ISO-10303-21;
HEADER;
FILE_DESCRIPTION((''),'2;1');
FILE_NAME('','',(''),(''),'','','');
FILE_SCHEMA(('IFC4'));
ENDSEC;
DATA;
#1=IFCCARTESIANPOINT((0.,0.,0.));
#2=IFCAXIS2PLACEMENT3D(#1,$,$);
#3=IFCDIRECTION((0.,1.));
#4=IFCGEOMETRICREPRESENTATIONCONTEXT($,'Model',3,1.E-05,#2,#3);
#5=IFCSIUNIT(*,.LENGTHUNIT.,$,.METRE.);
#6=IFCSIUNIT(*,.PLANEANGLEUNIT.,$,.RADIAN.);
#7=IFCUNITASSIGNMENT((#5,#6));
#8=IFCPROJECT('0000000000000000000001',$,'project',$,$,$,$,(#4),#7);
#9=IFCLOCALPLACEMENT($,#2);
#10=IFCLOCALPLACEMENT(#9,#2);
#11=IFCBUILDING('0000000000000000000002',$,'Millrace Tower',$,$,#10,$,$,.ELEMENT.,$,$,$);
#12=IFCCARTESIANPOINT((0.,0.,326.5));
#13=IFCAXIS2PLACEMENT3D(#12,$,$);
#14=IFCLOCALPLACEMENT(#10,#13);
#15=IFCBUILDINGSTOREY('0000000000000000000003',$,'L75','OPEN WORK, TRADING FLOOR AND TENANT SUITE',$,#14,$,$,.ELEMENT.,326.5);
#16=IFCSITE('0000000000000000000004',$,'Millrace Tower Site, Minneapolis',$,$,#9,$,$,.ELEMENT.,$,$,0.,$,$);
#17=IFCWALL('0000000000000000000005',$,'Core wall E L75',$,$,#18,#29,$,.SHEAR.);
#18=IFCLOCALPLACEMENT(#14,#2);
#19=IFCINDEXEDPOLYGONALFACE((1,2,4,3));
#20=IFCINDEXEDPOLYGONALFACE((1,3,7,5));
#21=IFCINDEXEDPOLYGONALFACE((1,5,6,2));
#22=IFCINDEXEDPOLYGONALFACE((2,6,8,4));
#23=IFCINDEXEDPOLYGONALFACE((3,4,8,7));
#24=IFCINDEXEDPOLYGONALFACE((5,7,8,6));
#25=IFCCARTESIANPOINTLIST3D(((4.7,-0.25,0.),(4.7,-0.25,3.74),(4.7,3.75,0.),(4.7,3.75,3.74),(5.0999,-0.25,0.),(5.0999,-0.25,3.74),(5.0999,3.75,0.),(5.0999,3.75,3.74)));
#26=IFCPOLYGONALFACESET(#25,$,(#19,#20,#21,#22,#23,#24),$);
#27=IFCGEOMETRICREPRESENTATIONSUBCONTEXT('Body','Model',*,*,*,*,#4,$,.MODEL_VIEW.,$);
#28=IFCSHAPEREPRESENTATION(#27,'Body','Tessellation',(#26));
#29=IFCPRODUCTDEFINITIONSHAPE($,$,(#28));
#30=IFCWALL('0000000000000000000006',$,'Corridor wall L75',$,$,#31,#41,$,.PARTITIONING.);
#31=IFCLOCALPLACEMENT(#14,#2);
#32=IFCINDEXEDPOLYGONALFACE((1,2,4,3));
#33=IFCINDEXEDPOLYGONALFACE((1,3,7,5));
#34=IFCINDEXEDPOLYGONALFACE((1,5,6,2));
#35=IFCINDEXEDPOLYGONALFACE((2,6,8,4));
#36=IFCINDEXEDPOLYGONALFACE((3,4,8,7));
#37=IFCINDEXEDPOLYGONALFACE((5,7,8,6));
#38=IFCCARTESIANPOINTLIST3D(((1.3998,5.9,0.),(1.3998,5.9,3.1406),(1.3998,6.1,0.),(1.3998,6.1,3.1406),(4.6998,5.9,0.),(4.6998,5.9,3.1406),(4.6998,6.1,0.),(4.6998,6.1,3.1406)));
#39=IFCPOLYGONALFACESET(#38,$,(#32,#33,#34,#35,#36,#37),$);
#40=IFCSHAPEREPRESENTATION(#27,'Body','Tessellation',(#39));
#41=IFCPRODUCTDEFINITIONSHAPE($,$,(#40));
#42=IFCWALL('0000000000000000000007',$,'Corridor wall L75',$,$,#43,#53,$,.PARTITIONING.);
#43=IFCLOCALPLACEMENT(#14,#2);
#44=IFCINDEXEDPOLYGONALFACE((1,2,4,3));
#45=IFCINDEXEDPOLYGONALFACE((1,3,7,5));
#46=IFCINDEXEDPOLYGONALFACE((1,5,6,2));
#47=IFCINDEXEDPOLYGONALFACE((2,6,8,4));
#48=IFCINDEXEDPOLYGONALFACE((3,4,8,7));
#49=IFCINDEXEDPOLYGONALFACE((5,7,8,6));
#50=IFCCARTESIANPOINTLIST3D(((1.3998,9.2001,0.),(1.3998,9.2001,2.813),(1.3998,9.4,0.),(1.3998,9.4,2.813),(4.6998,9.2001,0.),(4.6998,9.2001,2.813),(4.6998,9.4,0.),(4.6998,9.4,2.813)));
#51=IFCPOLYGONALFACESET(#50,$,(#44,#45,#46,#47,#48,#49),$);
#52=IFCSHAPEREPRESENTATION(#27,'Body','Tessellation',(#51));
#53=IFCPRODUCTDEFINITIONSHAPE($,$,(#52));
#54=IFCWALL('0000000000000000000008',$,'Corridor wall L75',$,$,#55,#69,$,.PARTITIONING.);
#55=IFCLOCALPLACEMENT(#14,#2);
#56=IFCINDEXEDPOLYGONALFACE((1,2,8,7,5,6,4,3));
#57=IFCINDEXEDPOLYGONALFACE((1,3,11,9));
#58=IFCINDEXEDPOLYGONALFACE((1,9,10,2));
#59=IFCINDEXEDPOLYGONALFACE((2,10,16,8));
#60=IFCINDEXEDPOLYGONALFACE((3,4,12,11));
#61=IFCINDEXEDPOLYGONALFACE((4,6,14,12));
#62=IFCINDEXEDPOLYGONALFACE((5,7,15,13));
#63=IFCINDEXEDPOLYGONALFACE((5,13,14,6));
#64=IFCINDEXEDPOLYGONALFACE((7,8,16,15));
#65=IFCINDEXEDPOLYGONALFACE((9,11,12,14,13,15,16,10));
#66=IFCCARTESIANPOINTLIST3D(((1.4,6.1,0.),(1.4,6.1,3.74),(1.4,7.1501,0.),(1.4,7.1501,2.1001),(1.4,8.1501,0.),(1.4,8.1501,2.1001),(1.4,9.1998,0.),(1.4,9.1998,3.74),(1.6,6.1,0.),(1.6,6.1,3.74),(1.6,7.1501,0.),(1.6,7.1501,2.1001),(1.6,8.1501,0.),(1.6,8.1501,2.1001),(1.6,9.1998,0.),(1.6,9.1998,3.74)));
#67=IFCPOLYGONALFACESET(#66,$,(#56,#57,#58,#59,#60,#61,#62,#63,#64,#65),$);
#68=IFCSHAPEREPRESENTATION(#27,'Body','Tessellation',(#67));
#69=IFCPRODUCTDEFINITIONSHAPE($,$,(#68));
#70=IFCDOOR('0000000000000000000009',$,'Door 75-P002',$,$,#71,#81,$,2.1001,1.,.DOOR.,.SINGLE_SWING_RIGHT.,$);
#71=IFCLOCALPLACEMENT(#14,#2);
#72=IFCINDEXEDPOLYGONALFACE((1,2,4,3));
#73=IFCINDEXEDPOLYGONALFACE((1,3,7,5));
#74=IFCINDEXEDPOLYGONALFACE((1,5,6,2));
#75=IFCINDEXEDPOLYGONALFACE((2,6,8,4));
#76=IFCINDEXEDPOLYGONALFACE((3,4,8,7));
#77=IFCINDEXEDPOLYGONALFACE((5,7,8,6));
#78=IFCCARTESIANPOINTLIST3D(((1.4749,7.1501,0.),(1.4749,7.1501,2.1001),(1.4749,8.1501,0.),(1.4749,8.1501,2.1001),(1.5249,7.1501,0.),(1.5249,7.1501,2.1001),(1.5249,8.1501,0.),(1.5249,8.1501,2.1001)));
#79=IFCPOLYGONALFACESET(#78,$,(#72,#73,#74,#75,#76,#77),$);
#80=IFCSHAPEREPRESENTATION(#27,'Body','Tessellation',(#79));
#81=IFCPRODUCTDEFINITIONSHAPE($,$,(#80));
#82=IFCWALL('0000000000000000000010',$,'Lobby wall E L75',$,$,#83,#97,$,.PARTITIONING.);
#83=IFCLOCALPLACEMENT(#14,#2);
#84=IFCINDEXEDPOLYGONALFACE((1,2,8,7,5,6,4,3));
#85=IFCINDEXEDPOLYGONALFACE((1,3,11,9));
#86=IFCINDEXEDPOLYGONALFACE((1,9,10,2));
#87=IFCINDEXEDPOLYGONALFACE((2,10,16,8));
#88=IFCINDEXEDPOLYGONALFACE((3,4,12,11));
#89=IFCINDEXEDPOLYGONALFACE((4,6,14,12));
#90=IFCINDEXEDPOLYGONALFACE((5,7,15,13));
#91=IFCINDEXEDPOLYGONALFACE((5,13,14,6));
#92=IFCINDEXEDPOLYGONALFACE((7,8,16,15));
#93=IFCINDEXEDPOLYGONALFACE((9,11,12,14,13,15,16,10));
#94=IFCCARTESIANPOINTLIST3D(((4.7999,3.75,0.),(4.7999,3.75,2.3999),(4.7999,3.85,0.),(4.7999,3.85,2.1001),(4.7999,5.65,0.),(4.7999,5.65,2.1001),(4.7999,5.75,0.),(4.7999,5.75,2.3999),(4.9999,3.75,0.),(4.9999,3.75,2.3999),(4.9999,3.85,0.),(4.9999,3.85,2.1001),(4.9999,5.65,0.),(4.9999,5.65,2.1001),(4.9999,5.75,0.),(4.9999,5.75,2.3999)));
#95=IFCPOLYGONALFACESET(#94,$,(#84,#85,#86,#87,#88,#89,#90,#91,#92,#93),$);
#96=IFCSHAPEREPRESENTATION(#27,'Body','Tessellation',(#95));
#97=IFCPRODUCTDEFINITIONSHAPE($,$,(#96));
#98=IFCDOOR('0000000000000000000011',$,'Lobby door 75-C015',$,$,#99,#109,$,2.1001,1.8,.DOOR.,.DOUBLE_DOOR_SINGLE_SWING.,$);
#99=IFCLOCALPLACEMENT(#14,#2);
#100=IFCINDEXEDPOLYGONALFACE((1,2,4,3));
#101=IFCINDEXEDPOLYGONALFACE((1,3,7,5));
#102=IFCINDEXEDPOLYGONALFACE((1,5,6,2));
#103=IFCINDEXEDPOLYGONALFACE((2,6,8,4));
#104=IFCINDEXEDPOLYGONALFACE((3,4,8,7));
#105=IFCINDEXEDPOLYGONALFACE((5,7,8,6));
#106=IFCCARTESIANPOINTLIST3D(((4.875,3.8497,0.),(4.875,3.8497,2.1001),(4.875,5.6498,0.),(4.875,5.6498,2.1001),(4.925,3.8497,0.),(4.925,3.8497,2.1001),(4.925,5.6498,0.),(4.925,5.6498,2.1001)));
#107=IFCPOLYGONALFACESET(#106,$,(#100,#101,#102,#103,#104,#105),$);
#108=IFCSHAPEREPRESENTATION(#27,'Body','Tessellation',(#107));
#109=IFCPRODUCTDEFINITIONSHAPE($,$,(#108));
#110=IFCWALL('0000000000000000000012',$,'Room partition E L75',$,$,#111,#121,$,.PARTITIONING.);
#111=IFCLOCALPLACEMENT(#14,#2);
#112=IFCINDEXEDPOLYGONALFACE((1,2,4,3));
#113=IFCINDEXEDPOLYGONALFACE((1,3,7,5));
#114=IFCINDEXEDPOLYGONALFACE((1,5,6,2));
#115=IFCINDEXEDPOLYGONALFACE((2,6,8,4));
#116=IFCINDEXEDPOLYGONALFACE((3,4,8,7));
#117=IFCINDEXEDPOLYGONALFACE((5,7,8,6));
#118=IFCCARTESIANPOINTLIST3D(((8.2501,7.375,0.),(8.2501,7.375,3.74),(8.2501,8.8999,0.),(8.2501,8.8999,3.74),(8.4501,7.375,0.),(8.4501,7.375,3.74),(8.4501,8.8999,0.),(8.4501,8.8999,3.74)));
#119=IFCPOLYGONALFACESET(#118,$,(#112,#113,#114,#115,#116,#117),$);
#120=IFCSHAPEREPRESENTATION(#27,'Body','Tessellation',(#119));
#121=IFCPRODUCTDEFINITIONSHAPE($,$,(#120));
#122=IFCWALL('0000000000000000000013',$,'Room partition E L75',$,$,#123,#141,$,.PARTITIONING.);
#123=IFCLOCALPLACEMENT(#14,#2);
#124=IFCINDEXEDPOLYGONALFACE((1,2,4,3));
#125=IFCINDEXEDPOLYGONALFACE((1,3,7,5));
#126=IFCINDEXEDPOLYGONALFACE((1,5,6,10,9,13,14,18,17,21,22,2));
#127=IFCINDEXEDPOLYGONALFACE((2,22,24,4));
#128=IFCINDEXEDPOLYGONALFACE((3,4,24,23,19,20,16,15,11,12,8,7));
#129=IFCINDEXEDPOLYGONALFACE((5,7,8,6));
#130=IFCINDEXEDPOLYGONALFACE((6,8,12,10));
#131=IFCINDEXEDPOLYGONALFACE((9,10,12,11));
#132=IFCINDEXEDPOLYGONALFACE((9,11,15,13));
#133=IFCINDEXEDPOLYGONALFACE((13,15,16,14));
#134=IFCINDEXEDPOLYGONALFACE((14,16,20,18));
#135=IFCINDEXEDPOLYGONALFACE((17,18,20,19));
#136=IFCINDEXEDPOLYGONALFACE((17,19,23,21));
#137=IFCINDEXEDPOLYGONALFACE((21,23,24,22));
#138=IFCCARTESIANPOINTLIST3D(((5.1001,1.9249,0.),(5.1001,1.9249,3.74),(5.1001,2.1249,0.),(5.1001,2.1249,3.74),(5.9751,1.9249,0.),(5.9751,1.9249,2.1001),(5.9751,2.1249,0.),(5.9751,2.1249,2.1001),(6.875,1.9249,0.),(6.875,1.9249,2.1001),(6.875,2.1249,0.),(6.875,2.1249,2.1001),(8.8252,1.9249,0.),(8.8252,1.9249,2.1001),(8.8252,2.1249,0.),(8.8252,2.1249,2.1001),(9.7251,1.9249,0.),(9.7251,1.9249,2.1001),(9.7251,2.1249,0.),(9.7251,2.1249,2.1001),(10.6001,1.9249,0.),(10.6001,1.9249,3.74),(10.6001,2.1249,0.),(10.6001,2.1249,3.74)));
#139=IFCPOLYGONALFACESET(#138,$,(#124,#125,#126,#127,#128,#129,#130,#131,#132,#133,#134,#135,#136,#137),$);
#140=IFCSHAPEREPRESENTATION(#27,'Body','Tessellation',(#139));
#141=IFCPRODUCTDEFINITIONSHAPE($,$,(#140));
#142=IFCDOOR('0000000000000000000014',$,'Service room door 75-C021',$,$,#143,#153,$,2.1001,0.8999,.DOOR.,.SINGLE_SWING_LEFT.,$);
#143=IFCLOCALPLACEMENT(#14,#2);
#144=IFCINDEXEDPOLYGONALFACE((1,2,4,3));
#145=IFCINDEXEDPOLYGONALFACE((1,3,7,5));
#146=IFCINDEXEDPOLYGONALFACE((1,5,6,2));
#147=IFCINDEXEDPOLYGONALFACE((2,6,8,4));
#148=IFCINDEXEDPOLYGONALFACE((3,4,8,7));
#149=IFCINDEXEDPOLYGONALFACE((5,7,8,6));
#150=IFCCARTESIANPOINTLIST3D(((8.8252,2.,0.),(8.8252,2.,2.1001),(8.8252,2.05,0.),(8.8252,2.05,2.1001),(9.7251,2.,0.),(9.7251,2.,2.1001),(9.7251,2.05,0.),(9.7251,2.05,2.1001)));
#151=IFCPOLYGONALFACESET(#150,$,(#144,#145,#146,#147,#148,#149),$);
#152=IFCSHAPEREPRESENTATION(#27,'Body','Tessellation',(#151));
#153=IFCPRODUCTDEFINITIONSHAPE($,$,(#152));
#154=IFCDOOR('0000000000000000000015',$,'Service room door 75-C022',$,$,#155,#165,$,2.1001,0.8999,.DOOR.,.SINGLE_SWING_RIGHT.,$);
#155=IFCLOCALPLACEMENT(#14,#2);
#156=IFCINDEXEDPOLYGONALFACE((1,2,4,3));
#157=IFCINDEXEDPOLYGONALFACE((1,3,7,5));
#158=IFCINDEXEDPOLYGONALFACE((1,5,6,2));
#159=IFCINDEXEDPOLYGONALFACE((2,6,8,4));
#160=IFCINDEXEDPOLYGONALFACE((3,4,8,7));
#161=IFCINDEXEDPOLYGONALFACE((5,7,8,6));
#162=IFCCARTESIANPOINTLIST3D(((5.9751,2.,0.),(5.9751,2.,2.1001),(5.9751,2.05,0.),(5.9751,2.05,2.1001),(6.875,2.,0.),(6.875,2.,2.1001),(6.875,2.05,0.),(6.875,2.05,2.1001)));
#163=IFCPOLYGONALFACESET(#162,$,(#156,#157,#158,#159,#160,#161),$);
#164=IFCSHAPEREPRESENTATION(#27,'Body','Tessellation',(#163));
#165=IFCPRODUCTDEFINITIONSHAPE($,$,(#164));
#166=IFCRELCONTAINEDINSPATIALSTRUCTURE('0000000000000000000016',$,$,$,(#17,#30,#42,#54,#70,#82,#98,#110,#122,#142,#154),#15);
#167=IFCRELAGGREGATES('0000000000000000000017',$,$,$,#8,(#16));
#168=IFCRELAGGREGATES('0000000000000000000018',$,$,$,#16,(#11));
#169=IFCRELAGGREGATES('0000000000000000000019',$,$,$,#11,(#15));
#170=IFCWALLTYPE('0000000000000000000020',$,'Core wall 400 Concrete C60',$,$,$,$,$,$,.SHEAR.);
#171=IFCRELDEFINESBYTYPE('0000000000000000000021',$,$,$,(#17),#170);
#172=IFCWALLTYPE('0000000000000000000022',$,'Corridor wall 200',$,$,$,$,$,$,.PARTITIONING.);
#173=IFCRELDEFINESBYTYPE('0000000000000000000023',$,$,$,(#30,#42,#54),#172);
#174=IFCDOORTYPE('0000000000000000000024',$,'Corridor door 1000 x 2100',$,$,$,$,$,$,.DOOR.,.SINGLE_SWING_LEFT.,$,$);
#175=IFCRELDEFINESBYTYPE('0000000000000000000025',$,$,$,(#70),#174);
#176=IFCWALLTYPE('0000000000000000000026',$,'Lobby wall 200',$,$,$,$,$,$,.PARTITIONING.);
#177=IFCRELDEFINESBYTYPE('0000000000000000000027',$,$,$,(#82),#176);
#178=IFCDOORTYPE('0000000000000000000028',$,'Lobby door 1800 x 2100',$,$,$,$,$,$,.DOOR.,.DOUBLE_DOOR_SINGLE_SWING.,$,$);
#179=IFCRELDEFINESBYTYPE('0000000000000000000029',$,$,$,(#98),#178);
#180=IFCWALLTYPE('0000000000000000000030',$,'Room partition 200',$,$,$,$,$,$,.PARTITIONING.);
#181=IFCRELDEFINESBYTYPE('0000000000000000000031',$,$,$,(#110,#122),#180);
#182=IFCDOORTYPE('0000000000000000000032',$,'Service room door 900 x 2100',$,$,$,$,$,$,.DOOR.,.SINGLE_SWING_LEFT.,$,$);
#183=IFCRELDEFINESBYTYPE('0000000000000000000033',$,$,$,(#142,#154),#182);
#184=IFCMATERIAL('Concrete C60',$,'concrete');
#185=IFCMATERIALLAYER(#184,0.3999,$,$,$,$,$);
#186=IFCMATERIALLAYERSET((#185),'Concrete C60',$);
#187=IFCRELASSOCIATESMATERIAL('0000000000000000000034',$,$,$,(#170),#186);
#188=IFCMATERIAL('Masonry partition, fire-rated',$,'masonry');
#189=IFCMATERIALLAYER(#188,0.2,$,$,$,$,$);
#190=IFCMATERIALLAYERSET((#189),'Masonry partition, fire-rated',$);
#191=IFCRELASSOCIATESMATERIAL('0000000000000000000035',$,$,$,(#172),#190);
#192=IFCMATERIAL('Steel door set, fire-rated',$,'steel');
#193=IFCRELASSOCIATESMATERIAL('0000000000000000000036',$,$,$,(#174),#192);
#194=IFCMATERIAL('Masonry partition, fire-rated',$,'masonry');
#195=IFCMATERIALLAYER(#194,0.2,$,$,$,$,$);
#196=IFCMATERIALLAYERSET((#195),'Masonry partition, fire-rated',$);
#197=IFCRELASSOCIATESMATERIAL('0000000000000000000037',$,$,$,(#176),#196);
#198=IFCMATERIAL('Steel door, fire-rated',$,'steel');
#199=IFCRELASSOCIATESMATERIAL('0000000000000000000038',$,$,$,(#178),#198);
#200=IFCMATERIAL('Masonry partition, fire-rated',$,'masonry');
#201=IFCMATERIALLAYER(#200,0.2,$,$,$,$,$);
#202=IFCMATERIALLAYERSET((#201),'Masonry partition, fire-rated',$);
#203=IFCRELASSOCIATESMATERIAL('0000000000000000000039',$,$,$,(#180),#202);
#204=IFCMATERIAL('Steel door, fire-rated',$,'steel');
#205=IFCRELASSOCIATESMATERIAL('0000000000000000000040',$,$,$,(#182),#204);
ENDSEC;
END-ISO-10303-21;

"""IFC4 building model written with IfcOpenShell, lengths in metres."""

from ifc_helpers import new_model, si_unit, direction, frame, frame_2d, origin, place, context, subcontext, project, spatial, rectangle, extrude, material, layer, layer_set, type_object, element, fill, save


model = new_model("IFC4")

# Units and contexts
model_context = context("Model", 3, precision=1e-05, world=origin(), true_north=direction((0.0, 1.0)))
body_context = subcontext(model_context, "Body", "Model", "MODEL_VIEW")
ifc_project = project(units=[si_unit("LENGTHUNIT", "METRE"), si_unit("PLANEANGLEUNIT", "RADIAN")], contexts=[model_context])

# Site, building, storey
site_placement = place(None, origin())
site = spatial("IfcSite", under=ifc_project, at=site_placement, Name="Millrace Tower Site, Minneapolis", CompositionType="ELEMENT", RefElevation=0.0)
building_placement = place(site_placement, origin())
building = spatial("IfcBuilding", under=site, at=building_placement, Name="Millrace Tower", CompositionType="ELEMENT")
storey_placement = place(building_placement, frame((0.0, 0.0, 326.5)))
storey = spatial("IfcBuildingStorey", under=building, at=storey_placement, Name="L75", Description="OPEN WORK, TRADING FLOOR AND TENANT SUITE", CompositionType="ELEMENT", Elevation=326.5)

# Walls
ifc_material_1 = material(Name="Concrete C60", Category="concrete")
ifc_layer_1 = layer(ifc_material_1, 0.3999)
ifc_layer_set_1 = layer_set([ifc_layer_1], Name="Concrete C60")
wall_type_1 = type_object("IfcWallType", Name="Core wall 400 Concrete C60", PredefinedType="SHEAR", material=ifc_layer_set_1)
wall_1_placement = place(storey_placement, frame((4.8999, 3.75, 0.0), z_axis=(0.0, 0.0, 1.0), x_axis=(0.0, -1.0, 0.0)))
element("IfcWall", 1, at=wall_1_placement, inside=storey, type_object=wall_type_1, Name="Core wall E L75", PredefinedType="SHEAR", context=body_context, shape_type="SweptSolid", body=[
    extrude(rectangle(XDim=4.0, YDim=0.3999, at=frame_2d((2.0, 0.0))), origin(), (0.0, 0.0, 1.0), 3.74),
])
ifc_material_2 = material(Name="Masonry partition, fire-rated", Category="masonry")
ifc_layer_2 = layer(ifc_material_2, 0.2)
ifc_layer_set_2 = layer_set([ifc_layer_2], Name="Masonry partition, fire-rated")
wall_type_2 = type_object("IfcWallType", Name="Corridor wall 200", PredefinedType="PARTITIONING", material=ifc_layer_set_2)
wall_2_placement = place(storey_placement, frame((1.3999, 6.0, 0.0), z_axis=(0.0, 0.0, 1.0), x_axis=(1.0, 0.0, 0.0)))
element("IfcWall", 2, at=wall_2_placement, inside=storey, type_object=wall_type_2, Name="Corridor wall L75", PredefinedType="PARTITIONING", context=body_context, shape_type="SweptSolid", body=[
    extrude(rectangle(XDim=3.3, YDim=0.2, at=frame_2d((1.6499, 0.0))), origin(), (0.0, 0.0, 1.0), 3.1406),
])
wall_3_placement = place(storey_placement, frame((1.3999, 9.3, 0.0), z_axis=(0.0, 0.0, 1.0), x_axis=(1.0, 0.0, 0.0)))
element("IfcWall", 3, at=wall_3_placement, inside=storey, type_object=wall_type_2, Name="Corridor wall L75", PredefinedType="PARTITIONING", context=body_context, shape_type="SweptSolid", body=[
    extrude(rectangle(XDim=3.3, YDim=0.2, at=frame_2d((1.6499, 0.0))), origin(), (0.0, 0.0, 1.0), 2.813),
])

# Walls, openings, doors
wall_4_placement = place(storey_placement, frame((1.5, 6.1001, 0.0), z_axis=(0.0, 0.0, 1.0), x_axis=(0.0, 1.0, 0.0)))
wall_4 = element("IfcWall", 4, at=wall_4_placement, inside=storey, type_object=wall_type_2, Name="Corridor wall L75", PredefinedType="PARTITIONING", context=body_context, shape_type="SweptSolid", body=[
    extrude(rectangle(XDim=3.0999, YDim=0.2, at=frame_2d((1.5498, 0.0))), origin(), (0.0, 0.0, 1.0), 3.74),
])
opening_1_placement = place(wall_4_placement, frame((1.05, 0.0, 0.0)))
opening_1 = element("IfcOpeningElement", 5, at=opening_1_placement, cuts=wall_4, PredefinedType="OPENING", context=body_context, shape_type="SweptSolid", body=[
    extrude(rectangle(XDim=1.0, YDim=2.1001, at=frame_2d((0.5, 1.05))), frame((0.0, 0.1099, 0.0), z_axis=(0.0, -1.0, 0.0), x_axis=(1.0, 0.0, 0.0)), (0.0, 0.0, 1.0), 0.22),
])
ifc_material_3 = material(Name="Steel door set, fire-rated", Category="steel")
door_type_1 = type_object("IfcDoorType", Name="Corridor door 1000 x 2100", OperationType="SINGLE_SWING_LEFT", PredefinedType="DOOR", material=ifc_material_3)
door_1_placement = place(opening_1_placement, frame((1.0, 0.0, 0.0), z_axis=(0.0, 0.0, 1.0), x_axis=(-1.0, 0.0, 0.0)))
door_1 = element("IfcDoor", 6, at=door_1_placement, inside=storey, type_object=door_type_1, Name="Door 75-P002", OperationType="SINGLE_SWING_RIGHT", OverallHeight=2.1001, OverallWidth=1.0, PredefinedType="DOOR", context=body_context, shape_type="SweptSolid", body=[
    extrude(rectangle(XDim=1.0, YDim=2.1001, at=frame_2d((0.5, 1.05))), frame((0.0, 0.0249, 0.0), z_axis=(0.0, -1.0, 0.0), x_axis=(1.0, 0.0, 0.0)), (0.0, 0.0, 1.0), 0.05),
])
fill(opening_1, door_1)
ifc_material_4 = material(Name="Masonry partition, fire-rated", Category="masonry")
ifc_layer_3 = layer(ifc_material_4, 0.2)
ifc_layer_set_3 = layer_set([ifc_layer_3], Name="Masonry partition, fire-rated")
wall_type_3 = type_object("IfcWallType", Name="Lobby wall 200", PredefinedType="PARTITIONING", material=ifc_layer_set_3)
wall_5_placement = place(storey_placement, frame((4.8999, 5.75, 0.0), z_axis=(0.0, 0.0, 1.0), x_axis=(0.0, -1.0, 0.0)))
wall_5 = element("IfcWall", 7, at=wall_5_placement, inside=storey, type_object=wall_type_3, Name="Lobby wall E L75", PredefinedType="PARTITIONING", context=body_context, shape_type="SweptSolid", body=[
    extrude(rectangle(XDim=2.0, YDim=0.2, at=frame_2d((1.0, 0.0))), origin(), (0.0, 0.0, 1.0), 2.3999),
])
opening_2_placement = place(wall_5_placement, frame((0.1001, 0.0, 0.0)))
opening_2 = element("IfcOpeningElement", 8, at=opening_2_placement, cuts=wall_5, PredefinedType="OPENING", context=body_context, shape_type="SweptSolid", body=[
    extrude(rectangle(XDim=1.8, YDim=2.1001, at=frame_2d((0.8999, 1.05))), frame((0.0, 0.1099, 0.0), z_axis=(0.0, -1.0, 0.0), x_axis=(1.0, 0.0, 0.0)), (0.0, 0.0, 1.0), 0.22),
])
ifc_material_5 = material(Name="Steel door, fire-rated", Category="steel")
door_type_2 = type_object("IfcDoorType", Name="Lobby door 1800 x 2100", OperationType="DOUBLE_DOOR_SINGLE_SWING", PredefinedType="DOOR", material=ifc_material_5)
door_2_placement = place(opening_2_placement, frame((1.8, 0.0, 0.0), z_axis=(0.0, 0.0, 1.0), x_axis=(-1.0, 0.0, 0.0)))
door_2 = element("IfcDoor", 9, at=door_2_placement, inside=storey, type_object=door_type_2, Name="Lobby door 75-C015", OperationType="DOUBLE_DOOR_SINGLE_SWING", OverallHeight=2.1001, OverallWidth=1.8, PredefinedType="DOOR", context=body_context, shape_type="SweptSolid", body=[
    extrude(rectangle(XDim=1.8, YDim=2.1001, at=frame_2d((0.8999, 1.05))), frame((0.0, 0.0249, 0.0), z_axis=(0.0, -1.0, 0.0), x_axis=(1.0, 0.0, 0.0)), (0.0, 0.0, 1.0), 0.05),
])
fill(opening_2, door_2)

# Wall
ifc_material_6 = material(Name="Masonry partition, fire-rated", Category="masonry")
ifc_layer_4 = layer(ifc_material_6, 0.2)
ifc_layer_set_4 = layer_set([ifc_layer_4], Name="Masonry partition, fire-rated")
wall_type_4 = type_object("IfcWallType", Name="Room partition 200", PredefinedType="PARTITIONING", material=ifc_layer_set_4)
wall_6_placement = place(storey_placement, frame((8.3501, 8.8999, 0.0), z_axis=(0.0, 0.0, 1.0), x_axis=(0.0, -1.0, 0.0)))
element("IfcWall", 10, at=wall_6_placement, inside=storey, type_object=wall_type_4, Name="Room partition E L75", PredefinedType="PARTITIONING", context=body_context, shape_type="SweptSolid", body=[
    extrude(rectangle(XDim=1.5249, YDim=0.2, at=frame_2d((0.7625, 0.0))), origin(), (0.0, 0.0, 1.0), 3.74),
])

# Wall, openings, doors
wall_7_placement = place(storey_placement, frame((10.6001, 2.0249, 0.0), z_axis=(0.0, 0.0, 1.0), x_axis=(-1.0, 0.0, 0.0)))
wall_7 = element("IfcWall", 11, at=wall_7_placement, inside=storey, type_object=wall_type_4, Name="Room partition E L75", PredefinedType="PARTITIONING", context=body_context, shape_type="SweptSolid", body=[
    extrude(rectangle(XDim=5.5, YDim=0.2, at=frame_2d((2.75, 0.0))), origin(), (0.0, 0.0, 1.0), 3.74),
])
opening_3_placement = place(wall_7_placement, frame((0.875, 0.0, 0.0)))
opening_3 = element("IfcOpeningElement", 12, at=opening_3_placement, cuts=wall_7, PredefinedType="OPENING", context=body_context, shape_type="SweptSolid", body=[
    extrude(rectangle(XDim=0.8999, YDim=2.1001, at=frame_2d((0.45, 1.05))), frame((0.0, 0.1099, 0.0), z_axis=(0.0, -1.0, 0.0), x_axis=(1.0, 0.0, 0.0)), (0.0, 0.0, 1.0), 0.22),
])
opening_4_placement = place(wall_7_placement, frame((3.7251, 0.0, 0.0)))
opening_4 = element("IfcOpeningElement", 13, at=opening_4_placement, cuts=wall_7, PredefinedType="OPENING", context=body_context, shape_type="SweptSolid", body=[
    extrude(rectangle(XDim=0.8999, YDim=2.1001, at=frame_2d((0.45, 1.05))), frame((0.0, 0.1099, 0.0), z_axis=(0.0, -1.0, 0.0), x_axis=(1.0, 0.0, 0.0)), (0.0, 0.0, 1.0), 0.22),
])
ifc_material_7 = material(Name="Steel door, fire-rated", Category="steel")
door_type_3 = type_object("IfcDoorType", Name="Service room door 900 x 2100", OperationType="SINGLE_SWING_LEFT", PredefinedType="DOOR", material=ifc_material_7)
door_3_placement = place(opening_3_placement, origin())
door_3 = element("IfcDoor", 14, at=door_3_placement, inside=storey, type_object=door_type_3, Name="Service room door 75-C021", OperationType="SINGLE_SWING_LEFT", OverallHeight=2.1001, OverallWidth=0.8999, PredefinedType="DOOR", context=body_context, shape_type="SweptSolid", body=[
    extrude(rectangle(XDim=0.8999, YDim=2.1001, at=frame_2d((0.45, 1.05))), frame((0.0, 0.0249, 0.0), z_axis=(0.0, -1.0, 0.0), x_axis=(1.0, 0.0, 0.0)), (0.0, 0.0, 1.0), 0.05),
])
fill(opening_3, door_3)
door_4_placement = place(opening_4_placement, origin())
door_4 = element("IfcDoor", 15, at=door_4_placement, inside=storey, type_object=door_type_3, Name="Service room door 75-C022", OperationType="SINGLE_SWING_RIGHT", OverallHeight=2.1001, OverallWidth=0.8999, PredefinedType="DOOR", context=body_context, shape_type="SweptSolid", body=[
    extrude(rectangle(XDim=0.8999, YDim=2.1001, at=frame_2d((0.45, 1.05))), frame((0.0, 0.0249, 0.0), z_axis=(0.0, -1.0, 0.0), x_axis=(1.0, 0.0, 0.0)), (0.0, 0.0, 1.0), 0.05),
])
fill(opening_4, door_4)

save(model, "model.ifc")
